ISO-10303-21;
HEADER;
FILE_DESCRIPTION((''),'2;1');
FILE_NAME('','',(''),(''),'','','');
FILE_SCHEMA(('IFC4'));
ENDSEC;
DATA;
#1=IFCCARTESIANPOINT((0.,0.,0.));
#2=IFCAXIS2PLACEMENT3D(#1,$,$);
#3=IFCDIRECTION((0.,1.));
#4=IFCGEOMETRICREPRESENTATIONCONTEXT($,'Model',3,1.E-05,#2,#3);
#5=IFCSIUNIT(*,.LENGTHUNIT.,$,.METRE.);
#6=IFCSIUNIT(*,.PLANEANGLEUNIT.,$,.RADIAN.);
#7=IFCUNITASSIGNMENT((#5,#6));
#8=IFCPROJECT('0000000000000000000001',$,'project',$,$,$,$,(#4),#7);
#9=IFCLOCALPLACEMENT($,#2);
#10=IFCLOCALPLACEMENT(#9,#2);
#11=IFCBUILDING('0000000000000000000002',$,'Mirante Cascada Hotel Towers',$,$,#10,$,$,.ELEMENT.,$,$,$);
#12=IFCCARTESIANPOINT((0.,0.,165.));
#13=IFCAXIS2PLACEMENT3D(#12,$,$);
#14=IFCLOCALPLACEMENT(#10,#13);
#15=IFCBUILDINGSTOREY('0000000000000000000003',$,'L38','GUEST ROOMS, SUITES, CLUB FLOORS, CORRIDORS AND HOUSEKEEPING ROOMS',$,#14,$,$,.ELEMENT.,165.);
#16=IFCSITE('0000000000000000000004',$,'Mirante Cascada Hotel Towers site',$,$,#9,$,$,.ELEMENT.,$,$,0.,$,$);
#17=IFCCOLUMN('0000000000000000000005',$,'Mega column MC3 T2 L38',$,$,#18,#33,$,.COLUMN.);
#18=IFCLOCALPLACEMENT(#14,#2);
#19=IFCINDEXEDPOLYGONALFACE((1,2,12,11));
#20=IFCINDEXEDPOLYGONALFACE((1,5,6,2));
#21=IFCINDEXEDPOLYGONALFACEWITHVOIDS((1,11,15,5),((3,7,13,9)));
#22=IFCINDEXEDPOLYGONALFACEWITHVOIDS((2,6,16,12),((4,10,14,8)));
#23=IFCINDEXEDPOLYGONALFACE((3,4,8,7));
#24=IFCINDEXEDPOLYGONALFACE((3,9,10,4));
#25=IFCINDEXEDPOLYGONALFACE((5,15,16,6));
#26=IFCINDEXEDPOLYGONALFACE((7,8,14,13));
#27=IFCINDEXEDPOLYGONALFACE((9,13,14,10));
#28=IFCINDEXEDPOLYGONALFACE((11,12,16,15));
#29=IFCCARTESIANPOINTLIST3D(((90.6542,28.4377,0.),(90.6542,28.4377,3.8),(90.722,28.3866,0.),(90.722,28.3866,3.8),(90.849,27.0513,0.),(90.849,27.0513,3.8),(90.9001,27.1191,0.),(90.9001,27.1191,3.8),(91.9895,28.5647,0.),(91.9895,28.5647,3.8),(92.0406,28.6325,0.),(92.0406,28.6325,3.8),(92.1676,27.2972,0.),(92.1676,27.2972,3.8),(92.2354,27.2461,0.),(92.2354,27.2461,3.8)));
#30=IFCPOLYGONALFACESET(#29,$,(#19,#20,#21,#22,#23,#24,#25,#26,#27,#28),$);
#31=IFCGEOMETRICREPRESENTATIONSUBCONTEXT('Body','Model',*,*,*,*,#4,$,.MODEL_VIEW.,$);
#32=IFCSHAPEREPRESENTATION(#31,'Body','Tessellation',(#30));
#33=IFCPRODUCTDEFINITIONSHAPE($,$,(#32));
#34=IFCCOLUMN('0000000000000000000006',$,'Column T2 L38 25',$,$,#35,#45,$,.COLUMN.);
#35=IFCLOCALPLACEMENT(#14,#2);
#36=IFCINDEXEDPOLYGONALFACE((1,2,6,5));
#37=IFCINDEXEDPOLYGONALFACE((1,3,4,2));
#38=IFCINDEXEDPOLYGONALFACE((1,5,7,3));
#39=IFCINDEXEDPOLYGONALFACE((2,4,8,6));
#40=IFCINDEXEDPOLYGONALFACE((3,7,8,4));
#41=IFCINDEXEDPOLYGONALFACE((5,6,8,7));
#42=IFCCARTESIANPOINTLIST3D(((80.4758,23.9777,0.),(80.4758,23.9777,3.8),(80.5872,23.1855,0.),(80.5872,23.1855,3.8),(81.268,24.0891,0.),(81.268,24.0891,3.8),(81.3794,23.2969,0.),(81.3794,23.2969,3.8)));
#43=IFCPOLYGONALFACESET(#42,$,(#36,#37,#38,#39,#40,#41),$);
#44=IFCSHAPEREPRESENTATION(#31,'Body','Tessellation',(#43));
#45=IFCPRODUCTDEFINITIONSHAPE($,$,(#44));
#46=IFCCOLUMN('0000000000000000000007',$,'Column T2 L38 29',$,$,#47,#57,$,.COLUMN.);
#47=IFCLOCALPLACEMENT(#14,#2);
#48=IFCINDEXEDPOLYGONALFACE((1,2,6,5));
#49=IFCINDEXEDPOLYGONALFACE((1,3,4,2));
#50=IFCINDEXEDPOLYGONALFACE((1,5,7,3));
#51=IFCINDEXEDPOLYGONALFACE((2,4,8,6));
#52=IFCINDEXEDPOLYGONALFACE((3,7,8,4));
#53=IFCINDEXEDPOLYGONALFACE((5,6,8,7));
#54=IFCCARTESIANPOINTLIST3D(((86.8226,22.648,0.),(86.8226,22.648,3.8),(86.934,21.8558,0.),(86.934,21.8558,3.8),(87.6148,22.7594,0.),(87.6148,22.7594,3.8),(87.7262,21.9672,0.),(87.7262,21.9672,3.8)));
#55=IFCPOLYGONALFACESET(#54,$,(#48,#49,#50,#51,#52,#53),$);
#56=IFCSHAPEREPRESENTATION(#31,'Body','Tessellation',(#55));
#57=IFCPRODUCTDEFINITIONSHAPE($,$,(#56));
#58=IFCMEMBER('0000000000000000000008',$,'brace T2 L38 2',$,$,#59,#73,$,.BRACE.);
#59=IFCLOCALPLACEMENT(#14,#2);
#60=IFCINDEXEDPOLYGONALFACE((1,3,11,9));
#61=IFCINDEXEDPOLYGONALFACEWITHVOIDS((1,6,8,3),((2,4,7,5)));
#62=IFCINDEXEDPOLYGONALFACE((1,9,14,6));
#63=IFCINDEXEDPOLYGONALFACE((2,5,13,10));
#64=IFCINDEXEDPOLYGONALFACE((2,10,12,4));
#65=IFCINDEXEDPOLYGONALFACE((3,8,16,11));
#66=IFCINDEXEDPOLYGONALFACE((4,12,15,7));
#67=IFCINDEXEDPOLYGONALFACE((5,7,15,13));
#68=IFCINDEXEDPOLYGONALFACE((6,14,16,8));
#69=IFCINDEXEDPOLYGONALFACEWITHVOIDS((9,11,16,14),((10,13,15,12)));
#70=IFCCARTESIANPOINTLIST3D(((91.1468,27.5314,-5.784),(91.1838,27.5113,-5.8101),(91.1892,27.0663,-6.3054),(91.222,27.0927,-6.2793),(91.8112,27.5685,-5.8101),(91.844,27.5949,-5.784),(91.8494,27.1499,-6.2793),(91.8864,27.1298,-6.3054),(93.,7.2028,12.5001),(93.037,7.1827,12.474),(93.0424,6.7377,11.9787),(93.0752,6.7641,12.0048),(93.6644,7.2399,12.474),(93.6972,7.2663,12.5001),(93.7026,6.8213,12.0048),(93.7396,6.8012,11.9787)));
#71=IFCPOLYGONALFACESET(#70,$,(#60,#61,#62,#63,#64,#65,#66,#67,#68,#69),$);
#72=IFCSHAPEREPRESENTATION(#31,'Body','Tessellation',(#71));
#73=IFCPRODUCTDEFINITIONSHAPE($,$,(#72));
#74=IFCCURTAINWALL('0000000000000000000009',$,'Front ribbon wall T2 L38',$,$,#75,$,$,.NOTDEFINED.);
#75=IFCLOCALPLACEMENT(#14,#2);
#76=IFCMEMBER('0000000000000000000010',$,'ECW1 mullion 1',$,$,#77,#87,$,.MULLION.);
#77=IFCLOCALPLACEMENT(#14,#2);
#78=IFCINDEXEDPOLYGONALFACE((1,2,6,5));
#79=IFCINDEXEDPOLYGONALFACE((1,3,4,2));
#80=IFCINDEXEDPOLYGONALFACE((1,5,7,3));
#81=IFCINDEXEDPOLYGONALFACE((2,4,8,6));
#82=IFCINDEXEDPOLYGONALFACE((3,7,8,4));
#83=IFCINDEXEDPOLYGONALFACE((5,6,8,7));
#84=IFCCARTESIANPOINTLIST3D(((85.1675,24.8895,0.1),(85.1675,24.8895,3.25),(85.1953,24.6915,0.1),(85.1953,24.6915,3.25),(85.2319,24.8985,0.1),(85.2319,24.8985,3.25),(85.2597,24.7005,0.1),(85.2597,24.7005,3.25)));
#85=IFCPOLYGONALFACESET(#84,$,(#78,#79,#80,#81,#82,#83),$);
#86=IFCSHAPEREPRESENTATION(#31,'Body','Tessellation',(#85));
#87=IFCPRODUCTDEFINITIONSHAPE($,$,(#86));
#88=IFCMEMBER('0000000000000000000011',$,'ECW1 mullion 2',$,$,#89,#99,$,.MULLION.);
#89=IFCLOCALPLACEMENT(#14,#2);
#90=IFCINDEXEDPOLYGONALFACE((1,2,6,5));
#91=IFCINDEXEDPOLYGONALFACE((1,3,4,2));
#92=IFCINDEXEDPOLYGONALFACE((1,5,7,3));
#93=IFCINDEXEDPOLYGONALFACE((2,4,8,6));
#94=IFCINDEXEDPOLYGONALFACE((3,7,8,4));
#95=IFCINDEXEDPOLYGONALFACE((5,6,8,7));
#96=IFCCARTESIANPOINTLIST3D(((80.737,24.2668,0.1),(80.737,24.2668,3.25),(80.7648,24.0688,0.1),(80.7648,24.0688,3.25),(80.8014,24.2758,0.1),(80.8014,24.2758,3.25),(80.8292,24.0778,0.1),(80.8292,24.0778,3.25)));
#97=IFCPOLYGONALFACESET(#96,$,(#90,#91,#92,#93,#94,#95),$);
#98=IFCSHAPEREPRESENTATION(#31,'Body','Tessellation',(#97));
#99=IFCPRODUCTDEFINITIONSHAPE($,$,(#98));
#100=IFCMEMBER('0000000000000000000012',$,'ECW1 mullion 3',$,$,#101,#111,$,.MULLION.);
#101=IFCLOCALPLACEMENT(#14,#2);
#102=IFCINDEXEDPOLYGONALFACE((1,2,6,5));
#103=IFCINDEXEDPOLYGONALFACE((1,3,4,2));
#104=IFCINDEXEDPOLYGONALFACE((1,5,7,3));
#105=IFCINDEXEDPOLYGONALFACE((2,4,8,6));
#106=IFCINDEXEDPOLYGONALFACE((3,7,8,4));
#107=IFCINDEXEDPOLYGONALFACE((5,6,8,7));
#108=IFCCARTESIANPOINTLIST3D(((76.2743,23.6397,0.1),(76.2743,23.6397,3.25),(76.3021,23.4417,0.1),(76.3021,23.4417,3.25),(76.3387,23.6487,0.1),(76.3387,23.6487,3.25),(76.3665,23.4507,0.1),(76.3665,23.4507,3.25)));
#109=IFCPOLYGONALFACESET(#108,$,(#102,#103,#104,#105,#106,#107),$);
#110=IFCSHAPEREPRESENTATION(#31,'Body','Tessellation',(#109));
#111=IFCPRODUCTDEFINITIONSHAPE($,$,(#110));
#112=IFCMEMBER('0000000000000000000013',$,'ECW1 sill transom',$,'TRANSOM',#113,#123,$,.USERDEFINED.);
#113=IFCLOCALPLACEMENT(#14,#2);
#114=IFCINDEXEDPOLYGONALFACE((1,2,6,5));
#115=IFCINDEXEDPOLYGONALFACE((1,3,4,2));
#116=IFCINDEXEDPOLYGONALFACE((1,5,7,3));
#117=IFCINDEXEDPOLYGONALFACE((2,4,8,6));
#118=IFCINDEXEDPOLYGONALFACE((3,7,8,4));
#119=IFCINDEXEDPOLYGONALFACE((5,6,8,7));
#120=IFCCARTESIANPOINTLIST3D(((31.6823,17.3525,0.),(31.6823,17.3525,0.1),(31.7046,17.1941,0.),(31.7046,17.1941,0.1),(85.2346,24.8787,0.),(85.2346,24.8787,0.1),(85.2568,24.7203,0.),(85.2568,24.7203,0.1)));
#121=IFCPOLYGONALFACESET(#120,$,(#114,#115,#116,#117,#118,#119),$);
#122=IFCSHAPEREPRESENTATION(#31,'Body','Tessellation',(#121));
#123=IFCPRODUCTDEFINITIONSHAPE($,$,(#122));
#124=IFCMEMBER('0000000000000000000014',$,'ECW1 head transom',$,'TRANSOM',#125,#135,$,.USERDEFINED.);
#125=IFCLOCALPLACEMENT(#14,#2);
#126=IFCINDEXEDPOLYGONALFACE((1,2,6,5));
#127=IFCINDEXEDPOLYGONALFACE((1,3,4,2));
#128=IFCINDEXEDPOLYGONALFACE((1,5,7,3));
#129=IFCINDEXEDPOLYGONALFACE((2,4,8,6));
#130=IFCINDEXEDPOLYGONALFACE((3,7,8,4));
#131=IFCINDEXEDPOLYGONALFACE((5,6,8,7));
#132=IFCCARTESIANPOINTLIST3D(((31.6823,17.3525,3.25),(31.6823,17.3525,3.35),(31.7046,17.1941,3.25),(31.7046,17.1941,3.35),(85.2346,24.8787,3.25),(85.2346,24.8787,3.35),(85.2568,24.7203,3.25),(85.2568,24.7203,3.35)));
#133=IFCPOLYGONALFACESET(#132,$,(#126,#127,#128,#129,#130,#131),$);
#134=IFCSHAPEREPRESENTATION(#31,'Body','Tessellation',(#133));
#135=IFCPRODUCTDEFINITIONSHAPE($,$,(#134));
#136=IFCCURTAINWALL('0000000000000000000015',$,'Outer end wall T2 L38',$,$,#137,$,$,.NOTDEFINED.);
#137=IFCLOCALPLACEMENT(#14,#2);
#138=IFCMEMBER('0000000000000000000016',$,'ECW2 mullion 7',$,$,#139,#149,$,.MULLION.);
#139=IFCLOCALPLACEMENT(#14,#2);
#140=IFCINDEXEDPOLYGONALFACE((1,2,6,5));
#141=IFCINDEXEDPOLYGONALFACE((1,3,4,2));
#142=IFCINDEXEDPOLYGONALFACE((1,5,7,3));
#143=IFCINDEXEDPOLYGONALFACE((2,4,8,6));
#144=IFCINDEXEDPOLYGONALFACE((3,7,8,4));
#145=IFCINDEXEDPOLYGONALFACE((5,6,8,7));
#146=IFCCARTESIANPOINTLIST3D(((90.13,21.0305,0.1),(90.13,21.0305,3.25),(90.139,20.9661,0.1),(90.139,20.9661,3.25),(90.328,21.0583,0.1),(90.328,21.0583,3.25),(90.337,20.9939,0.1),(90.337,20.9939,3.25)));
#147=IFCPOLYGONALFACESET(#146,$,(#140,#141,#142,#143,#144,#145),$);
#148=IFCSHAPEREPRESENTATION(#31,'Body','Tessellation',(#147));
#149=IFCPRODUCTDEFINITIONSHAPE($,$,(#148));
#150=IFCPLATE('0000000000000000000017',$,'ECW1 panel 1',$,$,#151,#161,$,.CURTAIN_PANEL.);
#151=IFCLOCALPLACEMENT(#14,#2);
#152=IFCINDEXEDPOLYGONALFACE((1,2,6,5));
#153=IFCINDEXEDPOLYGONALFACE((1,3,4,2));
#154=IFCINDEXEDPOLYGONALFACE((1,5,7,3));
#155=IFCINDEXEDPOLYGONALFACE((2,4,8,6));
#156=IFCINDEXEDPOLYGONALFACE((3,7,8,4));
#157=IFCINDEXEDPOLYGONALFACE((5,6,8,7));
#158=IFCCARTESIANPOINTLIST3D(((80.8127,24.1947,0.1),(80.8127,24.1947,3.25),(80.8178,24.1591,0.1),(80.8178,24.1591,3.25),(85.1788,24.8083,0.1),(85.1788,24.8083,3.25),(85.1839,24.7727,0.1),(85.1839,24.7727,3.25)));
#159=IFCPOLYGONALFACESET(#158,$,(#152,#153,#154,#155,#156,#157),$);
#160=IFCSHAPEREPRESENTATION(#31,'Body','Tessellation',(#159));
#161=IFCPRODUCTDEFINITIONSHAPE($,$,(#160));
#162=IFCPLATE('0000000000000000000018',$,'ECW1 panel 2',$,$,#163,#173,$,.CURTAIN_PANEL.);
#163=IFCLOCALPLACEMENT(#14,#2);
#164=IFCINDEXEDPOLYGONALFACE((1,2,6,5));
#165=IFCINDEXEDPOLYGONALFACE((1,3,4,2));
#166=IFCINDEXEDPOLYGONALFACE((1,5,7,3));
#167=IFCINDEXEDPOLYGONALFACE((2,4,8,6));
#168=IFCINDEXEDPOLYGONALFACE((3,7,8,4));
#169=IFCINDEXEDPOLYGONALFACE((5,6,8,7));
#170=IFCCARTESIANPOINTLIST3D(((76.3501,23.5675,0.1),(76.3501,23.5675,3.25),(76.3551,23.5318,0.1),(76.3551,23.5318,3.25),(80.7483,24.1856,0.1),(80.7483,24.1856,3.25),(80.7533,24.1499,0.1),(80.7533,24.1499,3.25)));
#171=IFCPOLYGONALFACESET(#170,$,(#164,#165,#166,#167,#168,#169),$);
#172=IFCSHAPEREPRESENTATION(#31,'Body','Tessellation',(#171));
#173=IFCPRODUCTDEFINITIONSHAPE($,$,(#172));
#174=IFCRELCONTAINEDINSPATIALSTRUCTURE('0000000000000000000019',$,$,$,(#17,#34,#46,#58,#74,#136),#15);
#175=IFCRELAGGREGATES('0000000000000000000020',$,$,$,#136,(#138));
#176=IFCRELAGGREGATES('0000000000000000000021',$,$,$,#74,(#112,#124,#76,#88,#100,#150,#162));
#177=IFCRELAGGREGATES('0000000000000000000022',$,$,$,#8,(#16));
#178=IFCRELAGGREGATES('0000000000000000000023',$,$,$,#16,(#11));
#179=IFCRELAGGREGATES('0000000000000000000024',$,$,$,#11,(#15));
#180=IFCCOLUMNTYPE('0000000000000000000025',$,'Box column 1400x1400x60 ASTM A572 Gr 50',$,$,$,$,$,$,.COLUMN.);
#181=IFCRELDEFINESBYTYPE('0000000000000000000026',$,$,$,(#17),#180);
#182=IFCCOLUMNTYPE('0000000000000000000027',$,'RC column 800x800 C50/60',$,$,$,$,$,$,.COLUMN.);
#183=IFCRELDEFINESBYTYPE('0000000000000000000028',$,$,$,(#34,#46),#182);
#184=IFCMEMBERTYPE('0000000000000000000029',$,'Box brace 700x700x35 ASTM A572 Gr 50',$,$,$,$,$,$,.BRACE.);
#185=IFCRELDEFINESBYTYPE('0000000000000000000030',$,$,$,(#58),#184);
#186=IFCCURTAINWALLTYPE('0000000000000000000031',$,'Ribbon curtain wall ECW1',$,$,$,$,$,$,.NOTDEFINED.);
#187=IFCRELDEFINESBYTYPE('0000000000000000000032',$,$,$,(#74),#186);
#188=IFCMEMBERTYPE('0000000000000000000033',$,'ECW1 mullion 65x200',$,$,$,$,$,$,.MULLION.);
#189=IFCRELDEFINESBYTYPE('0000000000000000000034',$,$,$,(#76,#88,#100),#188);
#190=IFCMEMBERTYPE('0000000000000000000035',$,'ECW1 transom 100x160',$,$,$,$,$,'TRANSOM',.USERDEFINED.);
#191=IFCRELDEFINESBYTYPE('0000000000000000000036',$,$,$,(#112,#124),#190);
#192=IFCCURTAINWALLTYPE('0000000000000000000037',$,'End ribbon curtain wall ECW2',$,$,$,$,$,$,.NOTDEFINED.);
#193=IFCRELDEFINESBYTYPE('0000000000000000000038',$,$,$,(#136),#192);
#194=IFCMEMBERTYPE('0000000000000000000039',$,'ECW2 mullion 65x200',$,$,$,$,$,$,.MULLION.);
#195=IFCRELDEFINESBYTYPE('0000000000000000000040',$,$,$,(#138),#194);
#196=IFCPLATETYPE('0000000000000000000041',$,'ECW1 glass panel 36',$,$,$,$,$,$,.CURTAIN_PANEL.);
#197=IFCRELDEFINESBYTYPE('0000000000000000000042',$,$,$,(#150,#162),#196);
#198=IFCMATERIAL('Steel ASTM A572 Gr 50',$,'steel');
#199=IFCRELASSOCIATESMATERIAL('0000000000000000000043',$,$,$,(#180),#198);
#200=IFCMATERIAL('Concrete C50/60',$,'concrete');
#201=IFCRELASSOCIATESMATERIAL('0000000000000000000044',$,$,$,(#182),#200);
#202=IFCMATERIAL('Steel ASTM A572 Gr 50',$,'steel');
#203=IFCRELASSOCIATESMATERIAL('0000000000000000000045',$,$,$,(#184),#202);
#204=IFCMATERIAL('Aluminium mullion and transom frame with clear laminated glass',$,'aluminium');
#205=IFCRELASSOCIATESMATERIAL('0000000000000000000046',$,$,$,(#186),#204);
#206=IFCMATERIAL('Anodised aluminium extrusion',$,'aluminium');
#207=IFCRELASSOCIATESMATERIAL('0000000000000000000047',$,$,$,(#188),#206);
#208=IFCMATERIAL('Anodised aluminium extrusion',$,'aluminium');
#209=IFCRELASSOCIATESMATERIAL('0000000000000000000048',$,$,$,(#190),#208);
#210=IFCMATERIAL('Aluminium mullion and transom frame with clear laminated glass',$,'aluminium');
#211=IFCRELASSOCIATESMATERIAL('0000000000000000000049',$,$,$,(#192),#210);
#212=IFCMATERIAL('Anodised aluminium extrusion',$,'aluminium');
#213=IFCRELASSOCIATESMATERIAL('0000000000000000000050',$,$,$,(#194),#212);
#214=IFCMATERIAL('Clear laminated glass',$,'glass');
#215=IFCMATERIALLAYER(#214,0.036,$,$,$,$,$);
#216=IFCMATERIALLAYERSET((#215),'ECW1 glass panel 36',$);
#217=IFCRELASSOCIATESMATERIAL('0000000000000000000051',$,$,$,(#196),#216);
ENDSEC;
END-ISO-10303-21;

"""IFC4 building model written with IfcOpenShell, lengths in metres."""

from ifc_helpers import new_model, si_unit, direction, frame, origin, origin_2d, place, context, subcontext, project, spatial, rectangle, hollow_rectangle, extrude, material, layer, layer_set, material_profile, profile_set, type_object, element, aggregate, save


model = new_model("IFC4")

# Units and contexts
model_context = context("Model", 3, precision=1e-05, world=origin(), true_north=direction((0.0, 1.0)))
body_context = subcontext(model_context, "Body", "Model", "MODEL_VIEW")
ifc_project = project(units=[si_unit("LENGTHUNIT", "METRE"), si_unit("PLANEANGLEUNIT", "RADIAN")], contexts=[model_context])

# Site, building, storey
site_placement = place(None, origin())
site = spatial("IfcSite", under=ifc_project, at=site_placement, Name="Mirante Cascada Hotel Towers site", CompositionType="ELEMENT", RefElevation=0.0)
building_placement = place(site_placement, origin())
building = spatial("IfcBuilding", under=site, at=building_placement, Name="Mirante Cascada Hotel Towers", CompositionType="ELEMENT")
storey_placement = place(building_placement, frame((0.0, 0.0, 165.0)))
storey = spatial("IfcBuildingStorey", under=building, at=storey_placement, Name="L38", Description="GUEST ROOMS, SUITES, CLUB FLOORS, CORRIDORS AND HOUSEKEEPING ROOMS", CompositionType="ELEMENT", Elevation=165.0)

# Columns
ifc_material_1 = material(Name="Steel ASTM A572 Gr 50", Category="steel")
ifc_material_profile_1 = material_profile(ifc_material_1, hollow_rectangle(XDim=1.4, YDim=1.4, WallThickness=0.06, at=origin_2d()), Name="Box column 1400x1400x60 ASTM A572 Gr 50")
ifc_profile_set_1 = profile_set([ifc_material_profile_1], Name="Steel ASTM A572 Gr 50")
column_type_1 = type_object("IfcColumnType", Name="Box column 1400x1400x60 ASTM A572 Gr 50", PredefinedType="COLUMN", material=ifc_profile_set_1)
column_placement = place(storey_placement, frame((91.4448, 27.8419, 0.0), z_axis=(0.0, 0.0, 1.0), x_axis=(0.990268, 0.139173, 0.0)))
element("IfcColumn", 1, at=column_placement, inside=storey, type_object=column_type_1, Name="Mega column MC3 T2 L38", PredefinedType="COLUMN", context=body_context, shape_type="SweptSolid", body=[
    extrude(hollow_rectangle(XDim=1.4, YDim=1.4, WallThickness=0.06, at=origin_2d()), origin(), (0.0, 0.0, 1.0), 3.8),
])
ifc_material_2 = material(Name="Concrete C50/60", Category="concrete")
ifc_material_profile_2 = material_profile(ifc_material_2, rectangle(XDim=0.8, YDim=0.8, at=origin_2d()), Name="RC column 800x800 C50/60")
ifc_profile_set_2 = profile_set([ifc_material_profile_2], Name="Concrete C50/60")
column_type_2 = type_object("IfcColumnType", Name="RC column 800x800 C50/60", PredefinedType="COLUMN", material=ifc_profile_set_2)
for number, where, z_axis, x_axis, name in (
    (2, (80.9276, 23.6373, 0.0), (0.0, 0.0, 1.0), (0.990268, 0.139173, 0.0), "Column T2 L38 25"),
    (3, (87.2744, 22.3076, 0.0), (0.0, 0.0, 1.0), (0.990268, 0.139173, 0.0), "Column T2 L38 29"),
):
    element("IfcColumn", number, at=place(storey_placement, frame(where, z_axis=z_axis, x_axis=x_axis)), inside=storey, type_object=column_type_2, Name=name, PredefinedType="COLUMN", context=body_context, shape_type="SweptSolid", body=[
        extrude(rectangle(XDim=0.8, YDim=0.8, at=origin_2d()), origin(), (0.0, 0.0, 1.0), 3.8),
    ])

# Member
ifc_material_3 = material(Name="Steel ASTM A572 Gr 50", Category="steel")
ifc_material_profile_3 = material_profile(ifc_material_3, hollow_rectangle(XDim=0.7, YDim=0.7, WallThickness=0.035, at=origin_2d()), Name="Box brace 700x700x35 ASTM A572 Gr 50")
ifc_profile_set_3 = profile_set([ifc_material_profile_3], Name="Steel ASTM A572 Gr 50")
member_type_1 = type_object("IfcMemberType", Name="Box brace 700x700x35 ASTM A572 Gr 50", PredefinedType="BRACE", material=ifc_profile_set_3)
member_1_placement = place(storey_placement, frame((91.5166, 27.3306, -6.0447), z_axis=(0.067625, -0.741804, 0.667199), x_axis=(0.99587, 0.090786, 0.0)))
element("IfcMember", 4, at=member_1_placement, inside=storey, type_object=member_type_1, Name="brace T2 L38 2", PredefinedType="BRACE", context=body_context, shape_type="SweptSolid", body=[
    extrude(hollow_rectangle(XDim=0.7, YDim=0.7, WallThickness=0.035, at=origin_2d()), origin(), (0.0, 0.0, 1.0), 27.4043),
])

# Curtain wall, members
ifc_material_4 = material(Name="Aluminium mullion and transom frame with clear laminated glass", Category="aluminium")
curtain_wall_type_1 = type_object("IfcCurtainWallType", Name="Ribbon curtain wall ECW1", PredefinedType="NOTDEFINED", material=ifc_material_4)
curtain_wall_1_placement = place(storey_placement, origin())
curtain_wall_1 = element("IfcCurtainWall", 5, at=curtain_wall_1_placement, inside=storey, type_object=curtain_wall_type_1, Name="Front ribbon wall T2 L38", PredefinedType="NOTDEFINED")
ifc_material_5 = material(Name="Anodised aluminium extrusion", Category="aluminium")
ifc_material_profile_4 = material_profile(ifc_material_5, rectangle(XDim=0.2, YDim=0.065, at=origin_2d()), Name="ECW1 MULLION 65x200")
ifc_profile_set_4 = profile_set([ifc_material_profile_4], Name="Anodised aluminium extrusion")
member_type_2 = type_object("IfcMemberType", Name="ECW1 mullion 65x200", PredefinedType="MULLION", material=ifc_profile_set_4)
member_2_placement = place(storey_placement, frame((85.2136, 24.795, 0.1), z_axis=(0.0, 0.0, 1.0), x_axis=(0.139173, -0.990268, 0.0)))
member_2 = element("IfcMember", 6, at=member_2_placement, type_object=member_type_2, Name="ECW1 mullion 1", PredefinedType="MULLION", context=body_context, shape_type="SweptSolid", body=[
    extrude(rectangle(XDim=0.2, YDim=0.065, at=origin_2d()), origin(), (0.0, 0.0, 1.0), 3.15),
])
member_3_placement = place(storey_placement, frame((80.7831, 24.1723, 0.1), z_axis=(0.0, 0.0, 1.0), x_axis=(0.139173, -0.990268, 0.0)))
member_3 = element("IfcMember", 7, at=member_3_placement, type_object=member_type_2, Name="ECW1 mullion 2", PredefinedType="MULLION", context=body_context, shape_type="SweptSolid", body=[
    extrude(rectangle(XDim=0.2, YDim=0.065, at=origin_2d()), origin(), (0.0, 0.0, 1.0), 3.15),
])
member_4_placement = place(storey_placement, frame((76.3204, 23.5452, 0.1), z_axis=(0.0, 0.0, 1.0), x_axis=(0.139173, -0.990268, 0.0)))
member_4 = element("IfcMember", 8, at=member_4_placement, type_object=member_type_2, Name="ECW1 mullion 3", PredefinedType="MULLION", context=body_context, shape_type="SweptSolid", body=[
    extrude(rectangle(XDim=0.2, YDim=0.065, at=origin_2d()), origin(), (0.0, 0.0, 1.0), 3.15),
])
ifc_material_6 = material(Name="Anodised aluminium extrusion", Category="aluminium")
ifc_material_profile_5 = material_profile(ifc_material_6, rectangle(XDim=0.16, YDim=0.1, at=origin_2d()), Name="ECW1 TRANSOM 100x160")
ifc_profile_set_5 = profile_set([ifc_material_profile_5], Name="Anodised aluminium extrusion")
member_type_3 = type_object("IfcMemberType", Name="ECW1 transom 100x160", ElementType="TRANSOM", PredefinedType="USERDEFINED", material=ifc_profile_set_5)
member_5_placement = place(storey_placement, frame((85.2457, 24.7995, 0.05), z_axis=(-0.990268, -0.139172, 0.0), x_axis=(0.139172, -0.990268, 0.0)))
member_5 = element("IfcMember", 9, at=member_5_placement, type_object=member_type_3, Name="ECW1 sill transom", ObjectType="TRANSOM", PredefinedType="USERDEFINED", context=body_context, shape_type="SweptSolid", body=[
    extrude(rectangle(XDim=0.16, YDim=0.1, at=origin_2d()), origin(), (0.0, 0.0, 1.0), 54.0785),
])
member_6_placement = place(storey_placement, frame((85.2457, 24.7995, 3.3), z_axis=(-0.990268, -0.139172, 0.0), x_axis=(0.139172, -0.990268, 0.0)))
member_6 = element("IfcMember", 10, at=member_6_placement, type_object=member_type_3, Name="ECW1 head transom", ObjectType="TRANSOM", PredefinedType="USERDEFINED", context=body_context, shape_type="SweptSolid", body=[
    extrude(rectangle(XDim=0.16, YDim=0.1, at=origin_2d()), origin(), (0.0, 0.0, 1.0), 54.0785),
])

# Curtain wall, member
ifc_material_7 = material(Name="Aluminium mullion and transom frame with clear laminated glass", Category="aluminium")
curtain_wall_type_2 = type_object("IfcCurtainWallType", Name="End ribbon curtain wall ECW2", PredefinedType="NOTDEFINED", material=ifc_material_7)
curtain_wall_2_placement = place(storey_placement, origin())
curtain_wall_2 = element("IfcCurtainWall", 11, at=curtain_wall_2_placement, inside=storey, type_object=curtain_wall_type_2, Name="Outer end wall T2 L38", PredefinedType="NOTDEFINED")
ifc_material_8 = material(Name="Anodised aluminium extrusion", Category="aluminium")
ifc_material_profile_6 = material_profile(ifc_material_8, rectangle(XDim=0.2, YDim=0.065, at=origin_2d()), Name="ECW2 MULLION 65x200")
ifc_profile_set_6 = profile_set([ifc_material_profile_6], Name="Anodised aluminium extrusion")
member_type_4 = type_object("IfcMemberType", Name="ECW2 mullion 65x200", PredefinedType="MULLION", material=ifc_profile_set_6)
member_7_placement = place(storey_placement, frame((90.2335, 21.0122, 0.1), z_axis=(0.0, 0.0, 1.0), x_axis=(-0.990268, -0.139173, 0.0)))
member_7 = element("IfcMember", 12, at=member_7_placement, type_object=member_type_4, Name="ECW2 mullion 7", PredefinedType="MULLION", context=body_context, shape_type="SweptSolid", body=[
    extrude(rectangle(XDim=0.2, YDim=0.065, at=origin_2d()), origin(), (0.0, 0.0, 1.0), 3.15),
])
aggregate(curtain_wall_2, [member_7])

# Plates
ifc_material_9 = material(Name="Clear laminated glass", Category="glass")
ifc_layer_1 = layer(ifc_material_9, 0.036)
ifc_layer_set_1 = layer_set([ifc_layer_1], Name="ECW1 glass panel 36")
plate_type = type_object("IfcPlateType", Name="ECW1 glass panel 36", PredefinedType="CURTAIN_PANEL", material=ifc_layer_set_1)
plate_1_placement = place(storey_placement, frame((82.9983, 24.4837, 0.1), z_axis=(0.0, 0.0, 1.0), x_axis=(-0.990268, -0.139173, 0.0)))
plate_1 = element("IfcPlate", 13, at=plate_1_placement, type_object=plate_type, Name="ECW1 panel 1", PredefinedType="CURTAIN_PANEL", context=body_context, shape_type="SweptSolid", body=[
    extrude(rectangle(XDim=4.409, YDim=0.036, at=origin_2d()), origin(), (0.0, 0.0, 1.0), 3.15),
])
plate_2_placement = place(storey_placement, frame((78.5517, 23.8587, 0.1), z_axis=(0.0, 0.0, 1.0), x_axis=(-0.990268, -0.139173, 0.0)))
plate_2 = element("IfcPlate", 14, at=plate_2_placement, type_object=plate_type, Name="ECW1 panel 2", PredefinedType="CURTAIN_PANEL", context=body_context, shape_type="SweptSolid", body=[
    extrude(rectangle(XDim=4.4415, YDim=0.036, at=origin_2d()), origin(), (0.0, 0.0, 1.0), 3.15),
])
aggregate(curtain_wall_1, [member_5, member_6, member_2, member_3, member_4, plate_1, plate_2])

save(model, "model.ifc")
